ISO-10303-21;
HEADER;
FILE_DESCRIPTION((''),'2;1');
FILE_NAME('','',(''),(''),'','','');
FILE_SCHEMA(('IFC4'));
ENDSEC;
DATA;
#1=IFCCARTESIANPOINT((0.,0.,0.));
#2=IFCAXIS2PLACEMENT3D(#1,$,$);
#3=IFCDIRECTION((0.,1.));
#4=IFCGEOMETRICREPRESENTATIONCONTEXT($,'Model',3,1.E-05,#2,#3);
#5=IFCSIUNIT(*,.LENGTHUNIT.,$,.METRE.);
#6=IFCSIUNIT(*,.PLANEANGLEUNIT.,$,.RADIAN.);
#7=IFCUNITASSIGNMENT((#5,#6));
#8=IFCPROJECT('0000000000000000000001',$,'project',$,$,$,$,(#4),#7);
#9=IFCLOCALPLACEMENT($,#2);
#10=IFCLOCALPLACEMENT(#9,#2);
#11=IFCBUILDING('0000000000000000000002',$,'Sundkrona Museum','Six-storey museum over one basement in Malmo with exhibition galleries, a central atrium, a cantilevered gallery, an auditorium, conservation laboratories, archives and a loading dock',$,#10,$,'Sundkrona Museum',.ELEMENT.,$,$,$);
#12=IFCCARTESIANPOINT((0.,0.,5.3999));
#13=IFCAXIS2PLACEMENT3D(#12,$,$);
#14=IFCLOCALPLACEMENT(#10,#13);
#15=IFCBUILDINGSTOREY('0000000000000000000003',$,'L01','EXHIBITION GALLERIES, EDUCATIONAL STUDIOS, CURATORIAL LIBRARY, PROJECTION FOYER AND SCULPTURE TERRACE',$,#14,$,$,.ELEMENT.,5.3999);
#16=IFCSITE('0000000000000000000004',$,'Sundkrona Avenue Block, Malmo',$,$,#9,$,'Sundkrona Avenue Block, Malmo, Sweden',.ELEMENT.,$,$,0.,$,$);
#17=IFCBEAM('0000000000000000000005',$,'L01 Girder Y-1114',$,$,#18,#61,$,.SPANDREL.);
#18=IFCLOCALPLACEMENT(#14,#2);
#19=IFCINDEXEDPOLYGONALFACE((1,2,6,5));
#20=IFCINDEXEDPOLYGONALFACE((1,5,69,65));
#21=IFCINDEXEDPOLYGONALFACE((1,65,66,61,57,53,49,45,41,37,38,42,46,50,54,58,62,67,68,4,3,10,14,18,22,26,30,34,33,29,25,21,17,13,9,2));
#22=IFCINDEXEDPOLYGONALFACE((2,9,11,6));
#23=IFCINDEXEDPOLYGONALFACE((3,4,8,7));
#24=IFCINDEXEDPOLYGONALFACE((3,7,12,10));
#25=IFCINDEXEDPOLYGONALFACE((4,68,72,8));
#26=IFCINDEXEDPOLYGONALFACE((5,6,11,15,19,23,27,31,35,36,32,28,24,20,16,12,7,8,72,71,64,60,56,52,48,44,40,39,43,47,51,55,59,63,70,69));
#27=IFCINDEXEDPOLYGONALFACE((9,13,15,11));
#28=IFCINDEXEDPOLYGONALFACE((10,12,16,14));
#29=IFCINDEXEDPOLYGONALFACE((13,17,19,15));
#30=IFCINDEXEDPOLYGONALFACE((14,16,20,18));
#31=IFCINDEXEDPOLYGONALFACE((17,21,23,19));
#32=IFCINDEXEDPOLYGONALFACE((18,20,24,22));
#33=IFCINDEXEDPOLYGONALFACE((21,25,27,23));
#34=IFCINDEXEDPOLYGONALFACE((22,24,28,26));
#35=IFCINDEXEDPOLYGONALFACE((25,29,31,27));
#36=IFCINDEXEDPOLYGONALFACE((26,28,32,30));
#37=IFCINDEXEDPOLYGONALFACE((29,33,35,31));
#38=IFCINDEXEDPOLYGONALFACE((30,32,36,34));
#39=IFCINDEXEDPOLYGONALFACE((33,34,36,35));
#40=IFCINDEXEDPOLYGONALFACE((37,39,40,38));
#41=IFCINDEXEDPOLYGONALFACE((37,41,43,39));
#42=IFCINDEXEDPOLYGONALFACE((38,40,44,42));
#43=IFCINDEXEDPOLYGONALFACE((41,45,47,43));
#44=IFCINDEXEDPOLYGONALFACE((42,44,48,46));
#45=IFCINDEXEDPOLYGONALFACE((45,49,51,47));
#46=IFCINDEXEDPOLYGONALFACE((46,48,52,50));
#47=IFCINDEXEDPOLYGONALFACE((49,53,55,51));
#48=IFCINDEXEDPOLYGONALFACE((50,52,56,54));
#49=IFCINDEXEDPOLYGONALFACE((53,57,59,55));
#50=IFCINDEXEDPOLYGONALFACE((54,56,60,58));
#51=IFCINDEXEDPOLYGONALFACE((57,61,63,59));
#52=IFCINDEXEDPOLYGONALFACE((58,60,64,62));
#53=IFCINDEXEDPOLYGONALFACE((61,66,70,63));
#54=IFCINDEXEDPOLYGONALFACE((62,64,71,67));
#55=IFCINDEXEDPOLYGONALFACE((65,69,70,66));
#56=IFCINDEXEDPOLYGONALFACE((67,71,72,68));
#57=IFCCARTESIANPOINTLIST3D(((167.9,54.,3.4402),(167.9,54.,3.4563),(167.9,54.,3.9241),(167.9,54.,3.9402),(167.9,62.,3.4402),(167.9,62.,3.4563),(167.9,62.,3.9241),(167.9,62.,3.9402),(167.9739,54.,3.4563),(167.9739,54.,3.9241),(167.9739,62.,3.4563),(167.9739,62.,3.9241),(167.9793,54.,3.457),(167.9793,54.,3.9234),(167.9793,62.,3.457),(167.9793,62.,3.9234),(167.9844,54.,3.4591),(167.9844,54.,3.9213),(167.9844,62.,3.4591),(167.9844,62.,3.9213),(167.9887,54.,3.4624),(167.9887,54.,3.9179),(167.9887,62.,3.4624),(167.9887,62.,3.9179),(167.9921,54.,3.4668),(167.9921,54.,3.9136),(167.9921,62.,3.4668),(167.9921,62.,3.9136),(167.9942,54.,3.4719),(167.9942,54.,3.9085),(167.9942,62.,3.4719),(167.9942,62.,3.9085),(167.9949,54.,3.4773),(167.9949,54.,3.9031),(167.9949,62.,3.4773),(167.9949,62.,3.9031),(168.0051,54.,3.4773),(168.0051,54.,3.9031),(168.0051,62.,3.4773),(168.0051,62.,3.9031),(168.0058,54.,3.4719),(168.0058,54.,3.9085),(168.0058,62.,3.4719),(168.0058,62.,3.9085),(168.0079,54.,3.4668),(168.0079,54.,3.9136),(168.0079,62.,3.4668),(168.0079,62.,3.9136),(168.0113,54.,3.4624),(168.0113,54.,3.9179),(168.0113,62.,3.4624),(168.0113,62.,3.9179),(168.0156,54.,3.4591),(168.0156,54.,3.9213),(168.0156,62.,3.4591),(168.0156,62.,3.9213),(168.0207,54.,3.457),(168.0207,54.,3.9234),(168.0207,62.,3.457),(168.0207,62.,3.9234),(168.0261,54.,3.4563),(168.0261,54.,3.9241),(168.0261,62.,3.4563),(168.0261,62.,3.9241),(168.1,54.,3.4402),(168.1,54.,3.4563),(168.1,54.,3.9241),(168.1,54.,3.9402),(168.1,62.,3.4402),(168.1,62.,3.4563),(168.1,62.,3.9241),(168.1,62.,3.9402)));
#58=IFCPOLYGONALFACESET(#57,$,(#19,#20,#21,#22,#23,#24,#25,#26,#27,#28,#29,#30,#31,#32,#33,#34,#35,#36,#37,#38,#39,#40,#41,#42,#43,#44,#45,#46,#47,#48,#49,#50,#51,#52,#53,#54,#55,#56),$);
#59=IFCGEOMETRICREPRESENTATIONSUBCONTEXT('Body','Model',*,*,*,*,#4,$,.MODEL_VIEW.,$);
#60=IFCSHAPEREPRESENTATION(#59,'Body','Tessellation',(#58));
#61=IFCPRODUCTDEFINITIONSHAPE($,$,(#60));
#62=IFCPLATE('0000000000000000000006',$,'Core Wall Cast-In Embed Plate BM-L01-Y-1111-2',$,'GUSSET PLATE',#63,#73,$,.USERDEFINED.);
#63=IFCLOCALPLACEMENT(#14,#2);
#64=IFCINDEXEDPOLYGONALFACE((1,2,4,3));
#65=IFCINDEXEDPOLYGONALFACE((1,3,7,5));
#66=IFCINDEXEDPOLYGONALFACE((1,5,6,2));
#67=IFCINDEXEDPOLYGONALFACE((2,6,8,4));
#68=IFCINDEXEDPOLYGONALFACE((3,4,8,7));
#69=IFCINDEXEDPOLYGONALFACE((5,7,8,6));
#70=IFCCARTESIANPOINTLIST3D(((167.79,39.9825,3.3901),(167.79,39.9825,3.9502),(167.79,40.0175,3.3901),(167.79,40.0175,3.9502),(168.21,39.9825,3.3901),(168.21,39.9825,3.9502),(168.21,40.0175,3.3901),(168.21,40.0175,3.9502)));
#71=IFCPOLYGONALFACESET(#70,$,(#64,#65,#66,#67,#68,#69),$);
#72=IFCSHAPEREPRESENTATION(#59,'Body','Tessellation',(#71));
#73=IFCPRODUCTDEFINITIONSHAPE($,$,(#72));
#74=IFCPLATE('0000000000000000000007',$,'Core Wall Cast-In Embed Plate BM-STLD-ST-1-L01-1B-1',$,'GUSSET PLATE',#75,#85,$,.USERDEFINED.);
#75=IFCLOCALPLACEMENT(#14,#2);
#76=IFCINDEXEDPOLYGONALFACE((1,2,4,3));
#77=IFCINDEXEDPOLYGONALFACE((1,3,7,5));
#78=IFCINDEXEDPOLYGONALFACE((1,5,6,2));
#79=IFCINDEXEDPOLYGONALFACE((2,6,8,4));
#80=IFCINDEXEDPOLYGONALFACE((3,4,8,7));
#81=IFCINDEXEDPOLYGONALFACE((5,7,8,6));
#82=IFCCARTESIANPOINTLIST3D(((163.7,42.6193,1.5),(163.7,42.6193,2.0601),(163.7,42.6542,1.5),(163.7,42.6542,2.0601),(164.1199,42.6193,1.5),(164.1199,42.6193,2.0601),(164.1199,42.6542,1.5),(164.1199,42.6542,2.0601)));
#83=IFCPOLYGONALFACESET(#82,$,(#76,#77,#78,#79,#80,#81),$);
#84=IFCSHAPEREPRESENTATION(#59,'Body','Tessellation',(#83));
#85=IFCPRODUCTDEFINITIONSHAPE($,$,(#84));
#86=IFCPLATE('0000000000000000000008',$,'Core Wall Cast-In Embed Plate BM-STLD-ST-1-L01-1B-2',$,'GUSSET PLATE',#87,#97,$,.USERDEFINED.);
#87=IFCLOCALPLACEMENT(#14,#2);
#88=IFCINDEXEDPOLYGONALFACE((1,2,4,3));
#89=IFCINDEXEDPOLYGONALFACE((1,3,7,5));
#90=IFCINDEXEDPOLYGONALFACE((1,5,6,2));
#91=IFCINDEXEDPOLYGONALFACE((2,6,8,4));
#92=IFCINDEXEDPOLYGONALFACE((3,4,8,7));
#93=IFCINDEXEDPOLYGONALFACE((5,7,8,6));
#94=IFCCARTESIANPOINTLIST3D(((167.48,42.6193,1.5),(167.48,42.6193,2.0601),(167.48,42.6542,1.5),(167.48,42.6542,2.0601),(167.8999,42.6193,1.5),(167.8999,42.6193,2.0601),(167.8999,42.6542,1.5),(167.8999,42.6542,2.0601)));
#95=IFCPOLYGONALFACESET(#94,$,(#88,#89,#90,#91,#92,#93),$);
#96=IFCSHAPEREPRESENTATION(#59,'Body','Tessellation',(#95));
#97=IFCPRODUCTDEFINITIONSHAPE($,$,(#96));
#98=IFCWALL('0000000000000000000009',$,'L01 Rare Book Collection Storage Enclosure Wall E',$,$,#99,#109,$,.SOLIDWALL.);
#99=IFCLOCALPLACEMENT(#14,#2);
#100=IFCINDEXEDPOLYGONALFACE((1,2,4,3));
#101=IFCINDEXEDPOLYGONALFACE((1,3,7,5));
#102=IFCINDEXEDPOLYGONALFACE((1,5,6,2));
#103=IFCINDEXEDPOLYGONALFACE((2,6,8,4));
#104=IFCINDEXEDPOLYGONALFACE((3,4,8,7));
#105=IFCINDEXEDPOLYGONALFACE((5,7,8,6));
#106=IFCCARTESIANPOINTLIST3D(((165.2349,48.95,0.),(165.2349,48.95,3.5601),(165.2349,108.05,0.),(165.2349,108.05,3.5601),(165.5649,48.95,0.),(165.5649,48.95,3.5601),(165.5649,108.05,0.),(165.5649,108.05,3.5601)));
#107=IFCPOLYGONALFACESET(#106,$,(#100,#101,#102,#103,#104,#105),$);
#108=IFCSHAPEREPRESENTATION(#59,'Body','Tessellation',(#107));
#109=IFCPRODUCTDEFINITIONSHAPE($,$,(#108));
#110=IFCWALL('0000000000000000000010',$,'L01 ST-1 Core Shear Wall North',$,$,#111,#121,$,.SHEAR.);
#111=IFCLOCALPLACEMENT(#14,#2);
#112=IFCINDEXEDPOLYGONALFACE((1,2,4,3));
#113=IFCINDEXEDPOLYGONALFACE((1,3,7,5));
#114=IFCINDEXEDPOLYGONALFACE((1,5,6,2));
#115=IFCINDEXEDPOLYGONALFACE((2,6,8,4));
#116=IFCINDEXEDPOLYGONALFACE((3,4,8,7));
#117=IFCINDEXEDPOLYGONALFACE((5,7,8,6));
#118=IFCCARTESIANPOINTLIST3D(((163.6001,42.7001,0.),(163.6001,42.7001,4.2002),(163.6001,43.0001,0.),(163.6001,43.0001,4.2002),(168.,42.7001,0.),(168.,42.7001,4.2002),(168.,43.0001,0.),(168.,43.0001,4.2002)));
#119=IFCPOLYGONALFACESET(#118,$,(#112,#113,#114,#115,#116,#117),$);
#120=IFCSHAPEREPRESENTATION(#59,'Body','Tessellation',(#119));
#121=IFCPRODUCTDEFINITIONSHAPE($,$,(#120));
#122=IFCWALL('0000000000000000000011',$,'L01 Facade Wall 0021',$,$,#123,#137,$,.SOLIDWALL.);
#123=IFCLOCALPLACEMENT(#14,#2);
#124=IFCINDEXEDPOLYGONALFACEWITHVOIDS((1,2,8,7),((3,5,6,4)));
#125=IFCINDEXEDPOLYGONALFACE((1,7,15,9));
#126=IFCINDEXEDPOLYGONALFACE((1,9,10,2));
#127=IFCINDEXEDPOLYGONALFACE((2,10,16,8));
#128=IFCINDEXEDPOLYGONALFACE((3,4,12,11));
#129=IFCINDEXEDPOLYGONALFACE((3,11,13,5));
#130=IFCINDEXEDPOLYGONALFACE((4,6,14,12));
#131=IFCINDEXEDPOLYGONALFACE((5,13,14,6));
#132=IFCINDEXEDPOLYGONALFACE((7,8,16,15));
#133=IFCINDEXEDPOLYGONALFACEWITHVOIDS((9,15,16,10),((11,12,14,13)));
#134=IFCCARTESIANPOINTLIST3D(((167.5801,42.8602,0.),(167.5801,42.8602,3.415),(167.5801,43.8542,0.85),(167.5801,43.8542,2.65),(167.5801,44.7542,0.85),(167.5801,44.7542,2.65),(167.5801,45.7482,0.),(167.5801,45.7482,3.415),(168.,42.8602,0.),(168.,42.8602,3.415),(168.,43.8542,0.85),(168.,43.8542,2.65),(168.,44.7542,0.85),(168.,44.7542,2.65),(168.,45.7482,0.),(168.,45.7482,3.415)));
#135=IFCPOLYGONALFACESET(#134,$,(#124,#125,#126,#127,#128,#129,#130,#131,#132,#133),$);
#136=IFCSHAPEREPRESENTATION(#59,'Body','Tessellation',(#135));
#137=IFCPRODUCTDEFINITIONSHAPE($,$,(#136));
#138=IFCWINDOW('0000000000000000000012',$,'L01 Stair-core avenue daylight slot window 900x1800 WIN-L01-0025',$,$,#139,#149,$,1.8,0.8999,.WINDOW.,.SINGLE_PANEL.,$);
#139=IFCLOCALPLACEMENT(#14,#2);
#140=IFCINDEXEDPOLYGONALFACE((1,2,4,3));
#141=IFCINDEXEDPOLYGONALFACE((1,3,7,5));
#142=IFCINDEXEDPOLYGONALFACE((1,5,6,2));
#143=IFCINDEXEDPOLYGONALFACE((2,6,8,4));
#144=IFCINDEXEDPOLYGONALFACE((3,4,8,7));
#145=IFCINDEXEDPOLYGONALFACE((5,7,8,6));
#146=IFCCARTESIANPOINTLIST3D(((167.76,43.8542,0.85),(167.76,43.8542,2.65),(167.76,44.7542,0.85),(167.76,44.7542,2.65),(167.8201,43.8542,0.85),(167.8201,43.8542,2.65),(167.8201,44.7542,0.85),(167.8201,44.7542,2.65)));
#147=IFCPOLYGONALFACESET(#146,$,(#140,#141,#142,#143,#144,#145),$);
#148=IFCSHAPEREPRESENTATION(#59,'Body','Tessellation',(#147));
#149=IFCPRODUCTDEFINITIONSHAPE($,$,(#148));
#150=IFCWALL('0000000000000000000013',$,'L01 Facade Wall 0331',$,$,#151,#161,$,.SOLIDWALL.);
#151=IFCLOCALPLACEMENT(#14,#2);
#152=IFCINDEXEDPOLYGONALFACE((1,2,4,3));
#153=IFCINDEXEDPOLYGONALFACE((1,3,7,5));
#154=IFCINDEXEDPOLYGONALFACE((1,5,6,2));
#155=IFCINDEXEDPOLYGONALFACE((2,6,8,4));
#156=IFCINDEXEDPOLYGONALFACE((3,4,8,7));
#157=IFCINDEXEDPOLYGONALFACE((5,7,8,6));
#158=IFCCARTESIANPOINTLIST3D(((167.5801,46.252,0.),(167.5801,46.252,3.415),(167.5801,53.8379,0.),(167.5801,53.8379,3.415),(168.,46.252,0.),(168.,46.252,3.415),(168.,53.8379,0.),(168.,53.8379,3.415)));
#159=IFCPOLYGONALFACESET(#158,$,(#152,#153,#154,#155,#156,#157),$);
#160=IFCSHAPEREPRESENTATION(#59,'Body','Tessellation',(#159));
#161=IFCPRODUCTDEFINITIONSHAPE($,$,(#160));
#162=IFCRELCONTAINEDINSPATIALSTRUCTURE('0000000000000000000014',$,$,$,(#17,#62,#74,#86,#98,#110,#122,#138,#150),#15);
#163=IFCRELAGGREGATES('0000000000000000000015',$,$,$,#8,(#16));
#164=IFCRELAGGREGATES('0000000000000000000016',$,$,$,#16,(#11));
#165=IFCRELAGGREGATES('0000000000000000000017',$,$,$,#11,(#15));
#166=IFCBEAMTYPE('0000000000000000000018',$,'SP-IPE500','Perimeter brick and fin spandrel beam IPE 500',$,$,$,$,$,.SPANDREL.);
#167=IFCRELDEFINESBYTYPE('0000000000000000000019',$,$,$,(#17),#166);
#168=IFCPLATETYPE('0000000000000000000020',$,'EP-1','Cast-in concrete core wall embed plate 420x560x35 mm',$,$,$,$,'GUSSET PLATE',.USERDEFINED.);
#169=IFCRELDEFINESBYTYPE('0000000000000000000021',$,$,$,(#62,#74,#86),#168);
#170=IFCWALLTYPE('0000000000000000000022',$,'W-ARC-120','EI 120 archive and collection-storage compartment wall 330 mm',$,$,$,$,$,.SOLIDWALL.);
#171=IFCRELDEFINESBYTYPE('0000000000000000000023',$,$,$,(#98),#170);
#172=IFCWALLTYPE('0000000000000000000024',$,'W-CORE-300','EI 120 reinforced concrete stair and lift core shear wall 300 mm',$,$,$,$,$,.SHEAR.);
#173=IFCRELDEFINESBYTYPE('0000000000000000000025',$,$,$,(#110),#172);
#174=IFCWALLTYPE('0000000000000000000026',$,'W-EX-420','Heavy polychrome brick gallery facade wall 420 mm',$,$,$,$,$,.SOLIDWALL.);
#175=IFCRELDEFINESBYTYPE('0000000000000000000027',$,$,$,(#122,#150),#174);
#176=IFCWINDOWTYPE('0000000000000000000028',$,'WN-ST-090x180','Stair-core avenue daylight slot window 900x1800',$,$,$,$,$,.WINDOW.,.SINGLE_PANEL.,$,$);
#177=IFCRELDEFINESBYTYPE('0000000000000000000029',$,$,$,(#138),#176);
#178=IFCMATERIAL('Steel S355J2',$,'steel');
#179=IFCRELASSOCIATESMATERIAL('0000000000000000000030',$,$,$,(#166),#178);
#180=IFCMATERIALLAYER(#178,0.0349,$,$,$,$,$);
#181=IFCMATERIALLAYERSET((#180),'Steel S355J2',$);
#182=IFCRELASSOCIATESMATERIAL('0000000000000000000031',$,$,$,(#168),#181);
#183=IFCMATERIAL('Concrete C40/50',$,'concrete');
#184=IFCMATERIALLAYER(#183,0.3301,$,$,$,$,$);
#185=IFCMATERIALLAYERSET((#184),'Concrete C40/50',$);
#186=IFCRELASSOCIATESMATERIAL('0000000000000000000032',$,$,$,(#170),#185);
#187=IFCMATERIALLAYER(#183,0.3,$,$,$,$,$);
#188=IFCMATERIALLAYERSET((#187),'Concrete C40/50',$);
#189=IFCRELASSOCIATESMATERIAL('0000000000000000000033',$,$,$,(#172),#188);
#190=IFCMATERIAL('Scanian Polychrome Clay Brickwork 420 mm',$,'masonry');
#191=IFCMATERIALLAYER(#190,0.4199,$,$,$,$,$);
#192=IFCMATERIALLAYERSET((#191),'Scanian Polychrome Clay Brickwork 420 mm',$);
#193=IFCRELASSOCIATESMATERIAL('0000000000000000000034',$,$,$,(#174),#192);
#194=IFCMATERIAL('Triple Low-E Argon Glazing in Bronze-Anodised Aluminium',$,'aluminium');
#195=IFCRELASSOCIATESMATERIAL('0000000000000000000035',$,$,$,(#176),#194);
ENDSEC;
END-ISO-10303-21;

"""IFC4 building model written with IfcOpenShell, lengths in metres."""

from ifc_helpers import new_model, si_unit, direction, frame, frame_2d, origin, origin_2d, place, context, subcontext, project, spatial, rectangle, i_section, extrude, material, layer, layer_set, material_profile, profile_set, type_object, element, fill, save


model = new_model("IFC4")

# Units and contexts
model_context = context("Model", 3, precision=1e-05, world=origin(), true_north=direction((0.0, 1.0)))
body_context = subcontext(model_context, "Body", "Model", "MODEL_VIEW")
ifc_project = project(units=[si_unit("LENGTHUNIT", "METRE"), si_unit("PLANEANGLEUNIT", "RADIAN")], contexts=[model_context])

# Site, building, storey
site_placement = place(None, origin())
site = spatial("IfcSite", under=ifc_project, at=site_placement, Name="Sundkrona Avenue Block, Malmo", LongName="Sundkrona Avenue Block, Malmo, Sweden", CompositionType="ELEMENT", RefElevation=0.0)
building_placement = place(site_placement, origin())
building = spatial("IfcBuilding", under=site, at=building_placement, Name="Sundkrona Museum", Description="Six-storey museum over one basement in Malmo with exhibition galleries, a central atrium, a cantilevered gallery, an auditorium, conservation laboratories, archives and a loading dock", LongName="Sundkrona Museum", CompositionType="ELEMENT")
storey_placement = place(building_placement, frame((0.0, 0.0, 5.3999)))
storey = spatial("IfcBuildingStorey", under=building, at=storey_placement, Name="L01", Description="EXHIBITION GALLERIES, EDUCATIONAL STUDIOS, CURATORIAL LIBRARY, PROJECTION FOYER AND SCULPTURE TERRACE", CompositionType="ELEMENT", Elevation=5.3999)

# Shared definitions
ifc_material_1 = material(Name="Steel S355J2", Category="steel")

# Beam
ifc_material_profile_1 = material_profile(ifc_material_1, i_section(OverallWidth=0.2, OverallDepth=0.5, WebThickness=0.0103, FlangeThickness=0.0161, FilletRadius=0.021, at=origin_2d()), Name="IPE 500")
ifc_profile_set_1 = profile_set([ifc_material_profile_1], Name="Steel S355J2")
beam_type_1 = type_object("IfcBeamType", Name="SP-IPE500", Description="Perimeter brick and fin spandrel beam IPE 500", PredefinedType="SPANDREL", material=ifc_profile_set_1)
for number, where, z_axis, x_axis, name in (
    (1, (168.0, 54.0, 3.6902), (0.0, 1.0, 0.0), (-1.0, 0.0, 0.0), "L01 Girder Y-1114"),
):
    element("IfcBeam", number, at=place(storey_placement, frame(where, z_axis=z_axis, x_axis=x_axis)), inside=storey, type_object=beam_type_1, Name=name, PredefinedType="SPANDREL", context=body_context, shape_type="SweptSolid", body=[
        extrude(i_section(OverallWidth=0.2, OverallDepth=0.5, WebThickness=0.0103, FlangeThickness=0.0161, FilletRadius=0.021, at=origin_2d()), origin(), (0.0, 0.0, 1.0), 8.0),
    ])

# Plates
ifc_layer_1 = layer(ifc_material_1, 0.0349)
ifc_layer_set_1 = layer_set([ifc_layer_1], Name="Steel S355J2")
plate_type = type_object("IfcPlateType", Name="EP-1", Description="Cast-in concrete core wall embed plate 420x560x35 mm", ElementType="GUSSET PLATE", PredefinedType="USERDEFINED", material=ifc_layer_set_1)
for number, where, z_axis, x_axis, name in (
    (2, (168.0, 40.0, 3.3901), (0.0, 0.0, 1.0), (1.0, 0.0, 0.0), "Core Wall Cast-In Embed Plate BM-L01-Y-1111-2"),
    (3, (163.9099, 42.6367, 1.5), (0.0, 0.0, 1.0), (1.0, 0.0, 0.0), "Core Wall Cast-In Embed Plate BM-STLD-ST-1-L01-1B-1"),
    (4, (167.6899, 42.6367, 1.5), (0.0, 0.0, 1.0), (1.0, 0.0, 0.0), "Core Wall Cast-In Embed Plate BM-STLD-ST-1-L01-1B-2"),
):
    element("IfcPlate", number, at=place(storey_placement, frame(where, z_axis=z_axis, x_axis=x_axis)), inside=storey, type_object=plate_type, Name=name, ObjectType="GUSSET PLATE", PredefinedType="USERDEFINED", context=body_context, shape_type="SweptSolid", body=[
        extrude(rectangle(XDim=0.4199, YDim=0.0349, at=origin_2d()), origin(), (0.0, 0.0, 1.0), 0.5601),
    ])

# Walls
ifc_material_2 = material(Name="Concrete C40/50", Category="concrete")
ifc_layer_2 = layer(ifc_material_2, 0.3301)
ifc_layer_set_2 = layer_set([ifc_layer_2], Name="Concrete C40/50")
wall_type_1 = type_object("IfcWallType", Name="W-ARC-120", Description="EI 120 archive and collection-storage compartment wall 330 mm", PredefinedType="SOLIDWALL", material=ifc_layer_set_2)
wall_1_placement = place(storey_placement, frame((165.3999, 48.95, 0.0), z_axis=(0.0, 0.0, 1.0), x_axis=(0.0, 1.0, 0.0)))
element("IfcWall", 5, at=wall_1_placement, inside=storey, type_object=wall_type_1, Name="L01 Rare Book Collection Storage Enclosure Wall E", PredefinedType="SOLIDWALL", context=body_context, shape_type="SweptSolid", body=[
    extrude(rectangle(XDim=59.1001, YDim=0.3301, at=frame_2d((29.55, 0.0))), origin(), (0.0, 0.0, 1.0), 3.5601),
])
ifc_layer_3 = layer(ifc_material_2, 0.3)
ifc_layer_set_3 = layer_set([ifc_layer_3], Name="Concrete C40/50")
wall_type_2 = type_object("IfcWallType", Name="W-CORE-300", Description="EI 120 reinforced concrete stair and lift core shear wall 300 mm", PredefinedType="SHEAR", material=ifc_layer_set_3)
wall_2_placement = place(storey_placement, frame((163.6001, 42.8501, 0.0), z_axis=(0.0, 0.0, 1.0), x_axis=(1.0, 0.0, 0.0)))
element("IfcWall", 6, at=wall_2_placement, inside=storey, type_object=wall_type_2, Name="L01 ST-1 Core Shear Wall North", PredefinedType="SHEAR", context=body_context, shape_type="SweptSolid", body=[
    extrude(rectangle(XDim=4.3999, YDim=0.3, at=frame_2d((2.2, 0.0))), origin(), (0.0, 0.0, 1.0), 4.2002),
])

# Wall, opening, window
ifc_material_3 = material(Name="Scanian Polychrome Clay Brickwork 420 mm", Category="masonry")
ifc_layer_4 = layer(ifc_material_3, 0.4199)
ifc_layer_set_4 = layer_set([ifc_layer_4], Name="Scanian Polychrome Clay Brickwork 420 mm")
wall_type_3 = type_object("IfcWallType", Name="W-EX-420", Description="Heavy polychrome brick gallery facade wall 420 mm", PredefinedType="SOLIDWALL", material=ifc_layer_set_4)
wall_3_placement = place(storey_placement, frame((167.79, 45.748, 0.0), z_axis=(0.0, 0.0, 1.0), x_axis=(0.0, -1.0, 0.0)))
wall_3 = element("IfcWall", 7, at=wall_3_placement, inside=storey, type_object=wall_type_3, Name="L01 Facade Wall 0021", PredefinedType="SOLIDWALL", context=body_context, shape_type="SweptSolid", body=[
    extrude(rectangle(XDim=2.8879, YDim=0.4199, at=frame_2d((1.4438, 0.0))), origin(), (0.0, 0.0, 1.0), 3.415),
])
opening_placement = place(wall_3_placement, frame((0.9939, 0.0, 0.8501)))
opening = element("IfcOpeningElement", 8, at=opening_placement, cuts=wall_3, PredefinedType="OPENING", context=body_context, shape_type="SweptSolid", body=[
    extrude(rectangle(XDim=0.8999, YDim=1.8, at=frame_2d((0.45, 0.8999))), frame((0.0, 0.22, 0.0), z_axis=(0.0, -1.0, 0.0), x_axis=(1.0, 0.0, 0.0)), (0.0, 0.0, 1.0), 0.4399),
])
ifc_material_4 = material(Name="Triple Low-E Argon Glazing in Bronze-Anodised Aluminium", Category="aluminium")
window_type = type_object("IfcWindowType", Name="WN-ST-090x180", Description="Stair-core avenue daylight slot window 900x1800", PartitioningType="SINGLE_PANEL", PredefinedType="WINDOW", material=ifc_material_4)
window_placement = place(opening_placement, origin())
window = element("IfcWindow", 9, at=window_placement, inside=storey, type_object=window_type, Name="L01 Stair-core avenue daylight slot window 900x1800 WIN-L01-0025", OverallHeight=1.8, OverallWidth=0.8999, PartitioningType="SINGLE_PANEL", PredefinedType="WINDOW", context=body_context, shape_type="SweptSolid", body=[
    extrude(rectangle(XDim=0.8999, YDim=1.8, at=frame_2d((0.45, 0.8999))), frame((0.0, 0.03, 0.0), z_axis=(0.0, -1.0, 0.0), x_axis=(1.0, 0.0, 0.0)), (0.0, 0.0, 1.0), 0.0601),
])
fill(opening, window)

# Wall
wall_4_placement = place(storey_placement, frame((167.79, 53.8379, 0.0), z_axis=(0.0, 0.0, 1.0), x_axis=(0.0, -1.0, 0.0)))
element("IfcWall", 10, at=wall_4_placement, inside=storey, type_object=wall_type_3, Name="L01 Facade Wall 0331", PredefinedType="SOLIDWALL", context=body_context, shape_type="SweptSolid", body=[
    extrude(rectangle(XDim=7.5859, YDim=0.4199, at=frame_2d((3.793, 0.0))), origin(), (0.0, 0.0, 1.0), 3.415),
])

save(model, "model.ifc")
